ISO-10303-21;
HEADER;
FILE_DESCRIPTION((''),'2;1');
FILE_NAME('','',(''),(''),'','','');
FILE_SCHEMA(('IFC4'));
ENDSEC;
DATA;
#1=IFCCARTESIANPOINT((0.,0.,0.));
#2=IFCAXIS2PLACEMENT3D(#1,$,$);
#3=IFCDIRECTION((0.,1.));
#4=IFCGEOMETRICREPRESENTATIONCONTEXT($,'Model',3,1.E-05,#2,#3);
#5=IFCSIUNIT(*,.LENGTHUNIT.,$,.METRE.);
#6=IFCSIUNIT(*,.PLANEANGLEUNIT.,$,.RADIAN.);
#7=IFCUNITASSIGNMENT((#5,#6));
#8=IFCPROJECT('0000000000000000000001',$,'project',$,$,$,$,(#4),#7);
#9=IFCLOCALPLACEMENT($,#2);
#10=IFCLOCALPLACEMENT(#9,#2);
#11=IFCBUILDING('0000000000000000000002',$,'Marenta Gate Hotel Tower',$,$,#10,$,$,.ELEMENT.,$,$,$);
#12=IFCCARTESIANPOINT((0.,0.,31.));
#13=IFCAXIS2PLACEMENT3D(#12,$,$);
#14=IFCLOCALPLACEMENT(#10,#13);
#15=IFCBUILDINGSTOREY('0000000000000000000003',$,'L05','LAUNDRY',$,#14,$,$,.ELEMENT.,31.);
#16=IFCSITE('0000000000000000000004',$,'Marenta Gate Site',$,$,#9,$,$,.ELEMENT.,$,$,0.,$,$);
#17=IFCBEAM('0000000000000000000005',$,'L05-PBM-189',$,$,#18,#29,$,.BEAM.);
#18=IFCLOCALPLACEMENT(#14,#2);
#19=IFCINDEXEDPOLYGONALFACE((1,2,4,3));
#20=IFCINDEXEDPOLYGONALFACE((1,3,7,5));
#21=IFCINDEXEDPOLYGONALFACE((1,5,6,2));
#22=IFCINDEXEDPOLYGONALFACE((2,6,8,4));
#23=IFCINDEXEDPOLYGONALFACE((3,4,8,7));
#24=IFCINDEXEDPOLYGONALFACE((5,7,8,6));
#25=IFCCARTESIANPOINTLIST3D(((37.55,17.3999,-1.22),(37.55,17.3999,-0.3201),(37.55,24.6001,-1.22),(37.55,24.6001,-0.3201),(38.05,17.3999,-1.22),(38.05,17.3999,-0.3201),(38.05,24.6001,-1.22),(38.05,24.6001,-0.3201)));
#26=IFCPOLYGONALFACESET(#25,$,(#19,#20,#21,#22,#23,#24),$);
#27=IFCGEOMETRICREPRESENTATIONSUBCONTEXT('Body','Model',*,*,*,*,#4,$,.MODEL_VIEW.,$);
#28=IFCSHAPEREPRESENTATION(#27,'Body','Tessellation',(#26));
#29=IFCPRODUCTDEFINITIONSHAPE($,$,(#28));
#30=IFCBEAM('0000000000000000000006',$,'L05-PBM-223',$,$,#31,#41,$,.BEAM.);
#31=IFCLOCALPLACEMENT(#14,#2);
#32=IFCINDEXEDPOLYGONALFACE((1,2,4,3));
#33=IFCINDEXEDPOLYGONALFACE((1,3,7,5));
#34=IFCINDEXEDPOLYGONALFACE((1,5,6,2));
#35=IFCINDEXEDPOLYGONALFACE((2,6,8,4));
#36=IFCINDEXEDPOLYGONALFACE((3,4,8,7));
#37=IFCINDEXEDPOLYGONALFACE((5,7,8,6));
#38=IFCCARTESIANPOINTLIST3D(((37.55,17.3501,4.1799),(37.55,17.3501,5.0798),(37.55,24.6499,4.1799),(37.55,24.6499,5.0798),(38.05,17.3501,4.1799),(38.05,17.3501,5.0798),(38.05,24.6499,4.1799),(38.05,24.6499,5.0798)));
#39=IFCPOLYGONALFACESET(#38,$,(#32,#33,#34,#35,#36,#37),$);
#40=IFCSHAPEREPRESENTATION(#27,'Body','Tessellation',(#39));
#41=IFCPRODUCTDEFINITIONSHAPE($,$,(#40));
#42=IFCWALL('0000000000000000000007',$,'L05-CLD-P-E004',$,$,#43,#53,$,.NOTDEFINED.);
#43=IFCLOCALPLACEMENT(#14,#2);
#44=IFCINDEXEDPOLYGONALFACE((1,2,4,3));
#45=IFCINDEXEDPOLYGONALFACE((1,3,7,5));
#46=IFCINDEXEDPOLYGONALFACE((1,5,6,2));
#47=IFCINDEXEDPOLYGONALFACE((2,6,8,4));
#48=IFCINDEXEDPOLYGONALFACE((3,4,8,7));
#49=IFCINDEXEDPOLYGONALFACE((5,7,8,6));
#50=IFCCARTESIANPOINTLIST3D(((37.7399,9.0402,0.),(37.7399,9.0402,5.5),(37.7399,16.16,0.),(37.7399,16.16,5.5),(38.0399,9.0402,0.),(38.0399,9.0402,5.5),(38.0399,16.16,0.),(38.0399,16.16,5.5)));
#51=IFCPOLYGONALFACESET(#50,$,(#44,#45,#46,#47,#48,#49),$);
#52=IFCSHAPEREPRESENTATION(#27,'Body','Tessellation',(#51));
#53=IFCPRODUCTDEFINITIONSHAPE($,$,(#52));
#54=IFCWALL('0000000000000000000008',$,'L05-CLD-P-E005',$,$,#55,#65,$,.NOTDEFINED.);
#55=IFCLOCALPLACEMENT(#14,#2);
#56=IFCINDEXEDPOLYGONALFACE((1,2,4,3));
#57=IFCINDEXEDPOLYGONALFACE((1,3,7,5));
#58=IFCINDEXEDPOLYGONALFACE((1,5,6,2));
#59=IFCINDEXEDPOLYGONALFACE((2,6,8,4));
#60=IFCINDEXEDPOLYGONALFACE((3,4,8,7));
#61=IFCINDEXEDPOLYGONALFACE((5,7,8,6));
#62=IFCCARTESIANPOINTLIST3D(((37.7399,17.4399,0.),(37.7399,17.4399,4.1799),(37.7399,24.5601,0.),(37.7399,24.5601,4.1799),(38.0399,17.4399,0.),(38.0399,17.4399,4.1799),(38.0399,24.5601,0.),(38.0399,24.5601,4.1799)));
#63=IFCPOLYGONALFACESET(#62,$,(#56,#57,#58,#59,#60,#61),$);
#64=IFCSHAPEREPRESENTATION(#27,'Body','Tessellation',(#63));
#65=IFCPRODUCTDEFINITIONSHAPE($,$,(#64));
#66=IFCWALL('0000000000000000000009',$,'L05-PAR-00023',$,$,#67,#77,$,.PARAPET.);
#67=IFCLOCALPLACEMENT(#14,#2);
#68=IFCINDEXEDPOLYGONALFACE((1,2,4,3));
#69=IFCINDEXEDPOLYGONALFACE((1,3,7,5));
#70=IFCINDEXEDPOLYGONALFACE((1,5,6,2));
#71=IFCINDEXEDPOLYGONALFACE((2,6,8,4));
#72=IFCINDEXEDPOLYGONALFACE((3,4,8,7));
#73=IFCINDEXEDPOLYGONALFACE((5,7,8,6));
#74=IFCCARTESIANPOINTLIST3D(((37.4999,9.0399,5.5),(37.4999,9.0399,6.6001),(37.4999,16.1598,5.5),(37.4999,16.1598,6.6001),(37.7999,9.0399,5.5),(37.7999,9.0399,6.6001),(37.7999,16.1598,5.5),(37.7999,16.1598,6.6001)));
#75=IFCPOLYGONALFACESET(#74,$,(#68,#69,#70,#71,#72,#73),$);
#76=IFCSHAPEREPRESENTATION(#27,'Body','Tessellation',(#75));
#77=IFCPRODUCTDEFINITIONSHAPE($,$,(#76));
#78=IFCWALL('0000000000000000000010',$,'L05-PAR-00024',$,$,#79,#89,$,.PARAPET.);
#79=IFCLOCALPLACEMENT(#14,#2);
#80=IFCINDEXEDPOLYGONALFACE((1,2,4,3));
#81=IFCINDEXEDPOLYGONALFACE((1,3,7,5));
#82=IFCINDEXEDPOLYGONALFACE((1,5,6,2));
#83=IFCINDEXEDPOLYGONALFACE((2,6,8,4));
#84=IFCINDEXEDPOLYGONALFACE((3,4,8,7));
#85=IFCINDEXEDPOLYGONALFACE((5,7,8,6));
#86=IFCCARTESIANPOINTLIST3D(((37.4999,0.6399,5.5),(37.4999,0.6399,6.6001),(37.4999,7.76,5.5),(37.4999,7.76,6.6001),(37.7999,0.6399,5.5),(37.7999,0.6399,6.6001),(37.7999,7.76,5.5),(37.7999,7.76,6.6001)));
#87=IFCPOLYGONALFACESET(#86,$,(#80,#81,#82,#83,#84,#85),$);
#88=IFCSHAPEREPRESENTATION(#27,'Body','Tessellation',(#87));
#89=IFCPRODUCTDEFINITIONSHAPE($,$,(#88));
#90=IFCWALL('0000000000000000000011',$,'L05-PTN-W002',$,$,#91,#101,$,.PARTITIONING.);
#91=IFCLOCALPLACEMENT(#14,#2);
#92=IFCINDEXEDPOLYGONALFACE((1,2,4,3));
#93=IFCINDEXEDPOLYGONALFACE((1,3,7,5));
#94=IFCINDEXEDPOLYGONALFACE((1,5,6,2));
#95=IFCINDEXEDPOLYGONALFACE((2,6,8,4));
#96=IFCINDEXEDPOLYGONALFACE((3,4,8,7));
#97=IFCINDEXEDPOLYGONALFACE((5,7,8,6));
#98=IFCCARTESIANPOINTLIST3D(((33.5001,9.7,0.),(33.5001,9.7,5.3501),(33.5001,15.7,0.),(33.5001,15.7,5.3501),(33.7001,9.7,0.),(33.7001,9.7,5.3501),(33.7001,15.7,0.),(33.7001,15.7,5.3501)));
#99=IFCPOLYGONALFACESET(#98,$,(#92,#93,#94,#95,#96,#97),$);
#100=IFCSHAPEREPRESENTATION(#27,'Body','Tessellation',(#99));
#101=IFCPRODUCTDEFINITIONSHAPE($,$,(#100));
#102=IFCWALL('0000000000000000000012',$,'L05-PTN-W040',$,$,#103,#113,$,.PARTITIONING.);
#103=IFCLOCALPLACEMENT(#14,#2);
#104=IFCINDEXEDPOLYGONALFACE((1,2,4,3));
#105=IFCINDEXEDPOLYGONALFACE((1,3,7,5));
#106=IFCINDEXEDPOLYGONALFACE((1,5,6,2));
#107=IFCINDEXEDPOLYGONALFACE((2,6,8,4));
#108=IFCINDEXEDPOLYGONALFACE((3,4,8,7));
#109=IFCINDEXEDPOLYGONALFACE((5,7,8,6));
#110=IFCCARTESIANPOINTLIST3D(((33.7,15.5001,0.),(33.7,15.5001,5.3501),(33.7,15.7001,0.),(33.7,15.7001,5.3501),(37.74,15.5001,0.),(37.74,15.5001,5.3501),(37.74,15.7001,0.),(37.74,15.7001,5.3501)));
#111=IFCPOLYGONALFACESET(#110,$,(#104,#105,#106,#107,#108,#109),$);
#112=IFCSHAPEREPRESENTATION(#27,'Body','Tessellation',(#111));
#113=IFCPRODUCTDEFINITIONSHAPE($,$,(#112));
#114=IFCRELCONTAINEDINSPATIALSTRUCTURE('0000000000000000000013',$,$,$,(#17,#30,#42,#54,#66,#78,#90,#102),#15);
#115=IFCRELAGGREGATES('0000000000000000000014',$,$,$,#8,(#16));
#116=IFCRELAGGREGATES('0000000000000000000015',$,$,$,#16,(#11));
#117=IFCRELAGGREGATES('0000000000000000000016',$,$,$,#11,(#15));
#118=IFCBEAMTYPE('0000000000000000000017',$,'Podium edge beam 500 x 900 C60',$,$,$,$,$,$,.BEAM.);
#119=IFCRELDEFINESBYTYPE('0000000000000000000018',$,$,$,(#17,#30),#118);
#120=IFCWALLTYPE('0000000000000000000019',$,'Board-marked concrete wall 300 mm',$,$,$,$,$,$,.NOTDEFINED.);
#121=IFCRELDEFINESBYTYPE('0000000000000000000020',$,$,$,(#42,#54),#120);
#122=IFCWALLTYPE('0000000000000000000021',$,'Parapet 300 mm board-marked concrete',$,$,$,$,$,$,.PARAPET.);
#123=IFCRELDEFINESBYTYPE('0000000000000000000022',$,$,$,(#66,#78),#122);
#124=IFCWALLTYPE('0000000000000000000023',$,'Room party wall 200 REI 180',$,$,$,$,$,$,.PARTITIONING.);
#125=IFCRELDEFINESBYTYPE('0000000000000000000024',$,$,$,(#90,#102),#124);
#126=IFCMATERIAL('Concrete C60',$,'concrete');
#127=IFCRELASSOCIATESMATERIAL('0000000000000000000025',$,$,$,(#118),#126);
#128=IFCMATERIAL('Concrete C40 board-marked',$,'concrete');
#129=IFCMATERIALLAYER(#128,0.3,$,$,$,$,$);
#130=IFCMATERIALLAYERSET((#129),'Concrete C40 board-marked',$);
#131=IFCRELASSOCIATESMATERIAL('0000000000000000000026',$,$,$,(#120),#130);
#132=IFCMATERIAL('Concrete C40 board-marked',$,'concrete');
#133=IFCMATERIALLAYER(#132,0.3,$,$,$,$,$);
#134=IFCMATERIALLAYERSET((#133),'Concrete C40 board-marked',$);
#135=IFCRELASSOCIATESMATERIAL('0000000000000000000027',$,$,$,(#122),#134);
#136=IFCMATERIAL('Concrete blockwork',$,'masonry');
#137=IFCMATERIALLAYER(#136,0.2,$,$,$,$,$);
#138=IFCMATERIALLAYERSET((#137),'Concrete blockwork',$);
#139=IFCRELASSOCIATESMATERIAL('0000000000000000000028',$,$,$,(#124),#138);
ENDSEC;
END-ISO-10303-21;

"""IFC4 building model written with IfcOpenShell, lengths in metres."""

from ifc_helpers import new_model, si_unit, direction, frame, frame_2d, origin, origin_2d, place, context, subcontext, project, spatial, rectangle, extrude, material, layer, layer_set, material_profile, profile_set, type_object, element, save


model = new_model("IFC4")

# Units and contexts
model_context = context("Model", 3, precision=1e-05, world=origin(), true_north=direction((0.0, 1.0)))
body_context = subcontext(model_context, "Body", "Model", "MODEL_VIEW")
ifc_project = project(units=[si_unit("LENGTHUNIT", "METRE"), si_unit("PLANEANGLEUNIT", "RADIAN")], contexts=[model_context])

# Site, building, storey
site_placement = place(None, origin())
site = spatial("IfcSite", under=ifc_project, at=site_placement, Name="Marenta Gate Site", CompositionType="ELEMENT", RefElevation=0.0)
building_placement = place(site_placement, origin())
building = spatial("IfcBuilding", under=site, at=building_placement, Name="Marenta Gate Hotel Tower", CompositionType="ELEMENT")
storey_placement = place(building_placement, frame((0.0, 0.0, 31.0)))
storey = spatial("IfcBuildingStorey", under=building, at=storey_placement, Name="L05", Description="LAUNDRY", CompositionType="ELEMENT", Elevation=31.0)

# Beams
ifc_material_1 = material(Name="Concrete C60", Category="concrete")
ifc_material_profile_1 = material_profile(ifc_material_1, rectangle(XDim=0.5, YDim=0.8999, at=origin_2d()), Name="500 x 900")
ifc_profile_set_1 = profile_set([ifc_material_profile_1], Name="Concrete C60")
beam_type_1 = type_object("IfcBeamType", Name="Podium edge beam 500 x 900 C60", PredefinedType="BEAM", material=ifc_profile_set_1)
beam_1_placement = place(storey_placement, frame((37.8, 17.3999, -0.77), z_axis=(0.0, 1.0, 0.0), x_axis=(-1.0, 0.0, 0.0)))
element("IfcBeam", 1, at=beam_1_placement, inside=storey, type_object=beam_type_1, Name="L05-PBM-189", PredefinedType="BEAM", context=body_context, shape_type="SweptSolid", body=[
    extrude(rectangle(XDim=0.5, YDim=0.8999, at=origin_2d()), origin(), (0.0, 0.0, 1.0), 7.2002),
])
beam_2_placement = place(storey_placement, frame((37.8, 17.3501, 4.6299), z_axis=(0.0, 1.0, 0.0), x_axis=(-1.0, 0.0, 0.0)))
element("IfcBeam", 2, at=beam_2_placement, inside=storey, type_object=beam_type_1, Name="L05-PBM-223", PredefinedType="BEAM", context=body_context, shape_type="SweptSolid", body=[
    extrude(rectangle(XDim=0.5, YDim=0.8999, at=origin_2d()), origin(), (0.0, 0.0, 1.0), 7.2998),
])

# Walls
ifc_material_2 = material(Name="Concrete C40 board-marked", Category="concrete")
ifc_layer_1 = layer(ifc_material_2, 0.3)
ifc_layer_set_1 = layer_set([ifc_layer_1], Name="Concrete C40 board-marked")
wall_type_1 = type_object("IfcWallType", Name="Board-marked concrete wall 300 mm", PredefinedType="NOTDEFINED", material=ifc_layer_set_1)
wall_1_placement = place(storey_placement, frame((37.8899, 9.04, 0.0), z_axis=(0.0, 0.0, 1.0), x_axis=(0.0, 1.0, 0.0)))
element("IfcWall", 3, at=wall_1_placement, inside=storey, type_object=wall_type_1, Name="L05-CLD-P-E004", PredefinedType="NOTDEFINED", context=body_context, shape_type="SweptSolid", body=[
    extrude(rectangle(XDim=7.1199, YDim=0.3, at=frame_2d((3.5601, 0.0))), origin(), (0.0, 0.0, 1.0), 5.5),
])
wall_2_placement = place(storey_placement, frame((37.8899, 17.4399, 0.0), z_axis=(0.0, 0.0, 1.0), x_axis=(0.0, 1.0, 0.0)))
element("IfcWall", 4, at=wall_2_placement, inside=storey, type_object=wall_type_1, Name="L05-CLD-P-E005", PredefinedType="NOTDEFINED", context=body_context, shape_type="SweptSolid", body=[
    extrude(rectangle(XDim=7.1201, YDim=0.3, at=frame_2d((3.5601, 0.0))), origin(), (0.0, 0.0, 1.0), 4.1799),
])
ifc_material_3 = material(Name="Concrete C40 board-marked", Category="concrete")
ifc_layer_2 = layer(ifc_material_3, 0.3)
ifc_layer_set_2 = layer_set([ifc_layer_2], Name="Concrete C40 board-marked")
wall_type_2 = type_object("IfcWallType", Name="Parapet 300 mm board-marked concrete", PredefinedType="PARAPET", material=ifc_layer_set_2)
wall_3_placement = place(storey_placement, frame((37.6499, 16.1599, 5.5), z_axis=(0.0, 0.0, 1.0), x_axis=(0.0, -1.0, 0.0)))
element("IfcWall", 5, at=wall_3_placement, inside=storey, type_object=wall_type_2, Name="L05-PAR-00023", PredefinedType="PARAPET", context=body_context, shape_type="SweptSolid", body=[
    extrude(rectangle(XDim=7.1199, YDim=0.3, at=frame_2d((3.5601, 0.0))), origin(), (0.0, 0.0, 1.0), 1.1001),
])
wall_4_placement = place(storey_placement, frame((37.6499, 7.76, 5.5), z_axis=(0.0, 0.0, 1.0), x_axis=(0.0, -1.0, 0.0)))
element("IfcWall", 6, at=wall_4_placement, inside=storey, type_object=wall_type_2, Name="L05-PAR-00024", PredefinedType="PARAPET", context=body_context, shape_type="SweptSolid", body=[
    extrude(rectangle(XDim=7.1201, YDim=0.3, at=frame_2d((3.5601, 0.0))), origin(), (0.0, 0.0, 1.0), 1.1001),
])
ifc_material_4 = material(Name="Concrete blockwork", Category="masonry")
ifc_layer_3 = layer(ifc_material_4, 0.2)
ifc_layer_set_3 = layer_set([ifc_layer_3], Name="Concrete blockwork")
wall_type_3 = type_object("IfcWallType", Name="Room party wall 200 REI 180", PredefinedType="PARTITIONING", material=ifc_layer_set_3)
wall_5_placement = place(storey_placement, frame((33.6001, 9.7, 0.0), z_axis=(0.0, 0.0, 1.0), x_axis=(0.0, 1.0, 0.0)))
element("IfcWall", 7, at=wall_5_placement, inside=storey, type_object=wall_type_3, Name="L05-PTN-W002", PredefinedType="PARTITIONING", context=body_context, shape_type="SweptSolid", body=[
    extrude(rectangle(XDim=6.0, YDim=0.2, at=frame_2d((3.0, 0.0))), origin(), (0.0, 0.0, 1.0), 5.3501),
])
wall_6_placement = place(storey_placement, frame((33.7, 15.6001, 0.0), z_axis=(0.0, 0.0, 1.0), x_axis=(1.0, 0.0, 0.0)))
element("IfcWall", 8, at=wall_6_placement, inside=storey, type_object=wall_type_3, Name="L05-PTN-W040", PredefinedType="PARTITIONING", context=body_context, shape_type="SweptSolid", body=[
    extrude(rectangle(XDim=4.04, YDim=0.2, at=frame_2d((2.02, 0.0))), origin(), (0.0, 0.0, 1.0), 5.3501),
])

save(model, "model.ifc")
